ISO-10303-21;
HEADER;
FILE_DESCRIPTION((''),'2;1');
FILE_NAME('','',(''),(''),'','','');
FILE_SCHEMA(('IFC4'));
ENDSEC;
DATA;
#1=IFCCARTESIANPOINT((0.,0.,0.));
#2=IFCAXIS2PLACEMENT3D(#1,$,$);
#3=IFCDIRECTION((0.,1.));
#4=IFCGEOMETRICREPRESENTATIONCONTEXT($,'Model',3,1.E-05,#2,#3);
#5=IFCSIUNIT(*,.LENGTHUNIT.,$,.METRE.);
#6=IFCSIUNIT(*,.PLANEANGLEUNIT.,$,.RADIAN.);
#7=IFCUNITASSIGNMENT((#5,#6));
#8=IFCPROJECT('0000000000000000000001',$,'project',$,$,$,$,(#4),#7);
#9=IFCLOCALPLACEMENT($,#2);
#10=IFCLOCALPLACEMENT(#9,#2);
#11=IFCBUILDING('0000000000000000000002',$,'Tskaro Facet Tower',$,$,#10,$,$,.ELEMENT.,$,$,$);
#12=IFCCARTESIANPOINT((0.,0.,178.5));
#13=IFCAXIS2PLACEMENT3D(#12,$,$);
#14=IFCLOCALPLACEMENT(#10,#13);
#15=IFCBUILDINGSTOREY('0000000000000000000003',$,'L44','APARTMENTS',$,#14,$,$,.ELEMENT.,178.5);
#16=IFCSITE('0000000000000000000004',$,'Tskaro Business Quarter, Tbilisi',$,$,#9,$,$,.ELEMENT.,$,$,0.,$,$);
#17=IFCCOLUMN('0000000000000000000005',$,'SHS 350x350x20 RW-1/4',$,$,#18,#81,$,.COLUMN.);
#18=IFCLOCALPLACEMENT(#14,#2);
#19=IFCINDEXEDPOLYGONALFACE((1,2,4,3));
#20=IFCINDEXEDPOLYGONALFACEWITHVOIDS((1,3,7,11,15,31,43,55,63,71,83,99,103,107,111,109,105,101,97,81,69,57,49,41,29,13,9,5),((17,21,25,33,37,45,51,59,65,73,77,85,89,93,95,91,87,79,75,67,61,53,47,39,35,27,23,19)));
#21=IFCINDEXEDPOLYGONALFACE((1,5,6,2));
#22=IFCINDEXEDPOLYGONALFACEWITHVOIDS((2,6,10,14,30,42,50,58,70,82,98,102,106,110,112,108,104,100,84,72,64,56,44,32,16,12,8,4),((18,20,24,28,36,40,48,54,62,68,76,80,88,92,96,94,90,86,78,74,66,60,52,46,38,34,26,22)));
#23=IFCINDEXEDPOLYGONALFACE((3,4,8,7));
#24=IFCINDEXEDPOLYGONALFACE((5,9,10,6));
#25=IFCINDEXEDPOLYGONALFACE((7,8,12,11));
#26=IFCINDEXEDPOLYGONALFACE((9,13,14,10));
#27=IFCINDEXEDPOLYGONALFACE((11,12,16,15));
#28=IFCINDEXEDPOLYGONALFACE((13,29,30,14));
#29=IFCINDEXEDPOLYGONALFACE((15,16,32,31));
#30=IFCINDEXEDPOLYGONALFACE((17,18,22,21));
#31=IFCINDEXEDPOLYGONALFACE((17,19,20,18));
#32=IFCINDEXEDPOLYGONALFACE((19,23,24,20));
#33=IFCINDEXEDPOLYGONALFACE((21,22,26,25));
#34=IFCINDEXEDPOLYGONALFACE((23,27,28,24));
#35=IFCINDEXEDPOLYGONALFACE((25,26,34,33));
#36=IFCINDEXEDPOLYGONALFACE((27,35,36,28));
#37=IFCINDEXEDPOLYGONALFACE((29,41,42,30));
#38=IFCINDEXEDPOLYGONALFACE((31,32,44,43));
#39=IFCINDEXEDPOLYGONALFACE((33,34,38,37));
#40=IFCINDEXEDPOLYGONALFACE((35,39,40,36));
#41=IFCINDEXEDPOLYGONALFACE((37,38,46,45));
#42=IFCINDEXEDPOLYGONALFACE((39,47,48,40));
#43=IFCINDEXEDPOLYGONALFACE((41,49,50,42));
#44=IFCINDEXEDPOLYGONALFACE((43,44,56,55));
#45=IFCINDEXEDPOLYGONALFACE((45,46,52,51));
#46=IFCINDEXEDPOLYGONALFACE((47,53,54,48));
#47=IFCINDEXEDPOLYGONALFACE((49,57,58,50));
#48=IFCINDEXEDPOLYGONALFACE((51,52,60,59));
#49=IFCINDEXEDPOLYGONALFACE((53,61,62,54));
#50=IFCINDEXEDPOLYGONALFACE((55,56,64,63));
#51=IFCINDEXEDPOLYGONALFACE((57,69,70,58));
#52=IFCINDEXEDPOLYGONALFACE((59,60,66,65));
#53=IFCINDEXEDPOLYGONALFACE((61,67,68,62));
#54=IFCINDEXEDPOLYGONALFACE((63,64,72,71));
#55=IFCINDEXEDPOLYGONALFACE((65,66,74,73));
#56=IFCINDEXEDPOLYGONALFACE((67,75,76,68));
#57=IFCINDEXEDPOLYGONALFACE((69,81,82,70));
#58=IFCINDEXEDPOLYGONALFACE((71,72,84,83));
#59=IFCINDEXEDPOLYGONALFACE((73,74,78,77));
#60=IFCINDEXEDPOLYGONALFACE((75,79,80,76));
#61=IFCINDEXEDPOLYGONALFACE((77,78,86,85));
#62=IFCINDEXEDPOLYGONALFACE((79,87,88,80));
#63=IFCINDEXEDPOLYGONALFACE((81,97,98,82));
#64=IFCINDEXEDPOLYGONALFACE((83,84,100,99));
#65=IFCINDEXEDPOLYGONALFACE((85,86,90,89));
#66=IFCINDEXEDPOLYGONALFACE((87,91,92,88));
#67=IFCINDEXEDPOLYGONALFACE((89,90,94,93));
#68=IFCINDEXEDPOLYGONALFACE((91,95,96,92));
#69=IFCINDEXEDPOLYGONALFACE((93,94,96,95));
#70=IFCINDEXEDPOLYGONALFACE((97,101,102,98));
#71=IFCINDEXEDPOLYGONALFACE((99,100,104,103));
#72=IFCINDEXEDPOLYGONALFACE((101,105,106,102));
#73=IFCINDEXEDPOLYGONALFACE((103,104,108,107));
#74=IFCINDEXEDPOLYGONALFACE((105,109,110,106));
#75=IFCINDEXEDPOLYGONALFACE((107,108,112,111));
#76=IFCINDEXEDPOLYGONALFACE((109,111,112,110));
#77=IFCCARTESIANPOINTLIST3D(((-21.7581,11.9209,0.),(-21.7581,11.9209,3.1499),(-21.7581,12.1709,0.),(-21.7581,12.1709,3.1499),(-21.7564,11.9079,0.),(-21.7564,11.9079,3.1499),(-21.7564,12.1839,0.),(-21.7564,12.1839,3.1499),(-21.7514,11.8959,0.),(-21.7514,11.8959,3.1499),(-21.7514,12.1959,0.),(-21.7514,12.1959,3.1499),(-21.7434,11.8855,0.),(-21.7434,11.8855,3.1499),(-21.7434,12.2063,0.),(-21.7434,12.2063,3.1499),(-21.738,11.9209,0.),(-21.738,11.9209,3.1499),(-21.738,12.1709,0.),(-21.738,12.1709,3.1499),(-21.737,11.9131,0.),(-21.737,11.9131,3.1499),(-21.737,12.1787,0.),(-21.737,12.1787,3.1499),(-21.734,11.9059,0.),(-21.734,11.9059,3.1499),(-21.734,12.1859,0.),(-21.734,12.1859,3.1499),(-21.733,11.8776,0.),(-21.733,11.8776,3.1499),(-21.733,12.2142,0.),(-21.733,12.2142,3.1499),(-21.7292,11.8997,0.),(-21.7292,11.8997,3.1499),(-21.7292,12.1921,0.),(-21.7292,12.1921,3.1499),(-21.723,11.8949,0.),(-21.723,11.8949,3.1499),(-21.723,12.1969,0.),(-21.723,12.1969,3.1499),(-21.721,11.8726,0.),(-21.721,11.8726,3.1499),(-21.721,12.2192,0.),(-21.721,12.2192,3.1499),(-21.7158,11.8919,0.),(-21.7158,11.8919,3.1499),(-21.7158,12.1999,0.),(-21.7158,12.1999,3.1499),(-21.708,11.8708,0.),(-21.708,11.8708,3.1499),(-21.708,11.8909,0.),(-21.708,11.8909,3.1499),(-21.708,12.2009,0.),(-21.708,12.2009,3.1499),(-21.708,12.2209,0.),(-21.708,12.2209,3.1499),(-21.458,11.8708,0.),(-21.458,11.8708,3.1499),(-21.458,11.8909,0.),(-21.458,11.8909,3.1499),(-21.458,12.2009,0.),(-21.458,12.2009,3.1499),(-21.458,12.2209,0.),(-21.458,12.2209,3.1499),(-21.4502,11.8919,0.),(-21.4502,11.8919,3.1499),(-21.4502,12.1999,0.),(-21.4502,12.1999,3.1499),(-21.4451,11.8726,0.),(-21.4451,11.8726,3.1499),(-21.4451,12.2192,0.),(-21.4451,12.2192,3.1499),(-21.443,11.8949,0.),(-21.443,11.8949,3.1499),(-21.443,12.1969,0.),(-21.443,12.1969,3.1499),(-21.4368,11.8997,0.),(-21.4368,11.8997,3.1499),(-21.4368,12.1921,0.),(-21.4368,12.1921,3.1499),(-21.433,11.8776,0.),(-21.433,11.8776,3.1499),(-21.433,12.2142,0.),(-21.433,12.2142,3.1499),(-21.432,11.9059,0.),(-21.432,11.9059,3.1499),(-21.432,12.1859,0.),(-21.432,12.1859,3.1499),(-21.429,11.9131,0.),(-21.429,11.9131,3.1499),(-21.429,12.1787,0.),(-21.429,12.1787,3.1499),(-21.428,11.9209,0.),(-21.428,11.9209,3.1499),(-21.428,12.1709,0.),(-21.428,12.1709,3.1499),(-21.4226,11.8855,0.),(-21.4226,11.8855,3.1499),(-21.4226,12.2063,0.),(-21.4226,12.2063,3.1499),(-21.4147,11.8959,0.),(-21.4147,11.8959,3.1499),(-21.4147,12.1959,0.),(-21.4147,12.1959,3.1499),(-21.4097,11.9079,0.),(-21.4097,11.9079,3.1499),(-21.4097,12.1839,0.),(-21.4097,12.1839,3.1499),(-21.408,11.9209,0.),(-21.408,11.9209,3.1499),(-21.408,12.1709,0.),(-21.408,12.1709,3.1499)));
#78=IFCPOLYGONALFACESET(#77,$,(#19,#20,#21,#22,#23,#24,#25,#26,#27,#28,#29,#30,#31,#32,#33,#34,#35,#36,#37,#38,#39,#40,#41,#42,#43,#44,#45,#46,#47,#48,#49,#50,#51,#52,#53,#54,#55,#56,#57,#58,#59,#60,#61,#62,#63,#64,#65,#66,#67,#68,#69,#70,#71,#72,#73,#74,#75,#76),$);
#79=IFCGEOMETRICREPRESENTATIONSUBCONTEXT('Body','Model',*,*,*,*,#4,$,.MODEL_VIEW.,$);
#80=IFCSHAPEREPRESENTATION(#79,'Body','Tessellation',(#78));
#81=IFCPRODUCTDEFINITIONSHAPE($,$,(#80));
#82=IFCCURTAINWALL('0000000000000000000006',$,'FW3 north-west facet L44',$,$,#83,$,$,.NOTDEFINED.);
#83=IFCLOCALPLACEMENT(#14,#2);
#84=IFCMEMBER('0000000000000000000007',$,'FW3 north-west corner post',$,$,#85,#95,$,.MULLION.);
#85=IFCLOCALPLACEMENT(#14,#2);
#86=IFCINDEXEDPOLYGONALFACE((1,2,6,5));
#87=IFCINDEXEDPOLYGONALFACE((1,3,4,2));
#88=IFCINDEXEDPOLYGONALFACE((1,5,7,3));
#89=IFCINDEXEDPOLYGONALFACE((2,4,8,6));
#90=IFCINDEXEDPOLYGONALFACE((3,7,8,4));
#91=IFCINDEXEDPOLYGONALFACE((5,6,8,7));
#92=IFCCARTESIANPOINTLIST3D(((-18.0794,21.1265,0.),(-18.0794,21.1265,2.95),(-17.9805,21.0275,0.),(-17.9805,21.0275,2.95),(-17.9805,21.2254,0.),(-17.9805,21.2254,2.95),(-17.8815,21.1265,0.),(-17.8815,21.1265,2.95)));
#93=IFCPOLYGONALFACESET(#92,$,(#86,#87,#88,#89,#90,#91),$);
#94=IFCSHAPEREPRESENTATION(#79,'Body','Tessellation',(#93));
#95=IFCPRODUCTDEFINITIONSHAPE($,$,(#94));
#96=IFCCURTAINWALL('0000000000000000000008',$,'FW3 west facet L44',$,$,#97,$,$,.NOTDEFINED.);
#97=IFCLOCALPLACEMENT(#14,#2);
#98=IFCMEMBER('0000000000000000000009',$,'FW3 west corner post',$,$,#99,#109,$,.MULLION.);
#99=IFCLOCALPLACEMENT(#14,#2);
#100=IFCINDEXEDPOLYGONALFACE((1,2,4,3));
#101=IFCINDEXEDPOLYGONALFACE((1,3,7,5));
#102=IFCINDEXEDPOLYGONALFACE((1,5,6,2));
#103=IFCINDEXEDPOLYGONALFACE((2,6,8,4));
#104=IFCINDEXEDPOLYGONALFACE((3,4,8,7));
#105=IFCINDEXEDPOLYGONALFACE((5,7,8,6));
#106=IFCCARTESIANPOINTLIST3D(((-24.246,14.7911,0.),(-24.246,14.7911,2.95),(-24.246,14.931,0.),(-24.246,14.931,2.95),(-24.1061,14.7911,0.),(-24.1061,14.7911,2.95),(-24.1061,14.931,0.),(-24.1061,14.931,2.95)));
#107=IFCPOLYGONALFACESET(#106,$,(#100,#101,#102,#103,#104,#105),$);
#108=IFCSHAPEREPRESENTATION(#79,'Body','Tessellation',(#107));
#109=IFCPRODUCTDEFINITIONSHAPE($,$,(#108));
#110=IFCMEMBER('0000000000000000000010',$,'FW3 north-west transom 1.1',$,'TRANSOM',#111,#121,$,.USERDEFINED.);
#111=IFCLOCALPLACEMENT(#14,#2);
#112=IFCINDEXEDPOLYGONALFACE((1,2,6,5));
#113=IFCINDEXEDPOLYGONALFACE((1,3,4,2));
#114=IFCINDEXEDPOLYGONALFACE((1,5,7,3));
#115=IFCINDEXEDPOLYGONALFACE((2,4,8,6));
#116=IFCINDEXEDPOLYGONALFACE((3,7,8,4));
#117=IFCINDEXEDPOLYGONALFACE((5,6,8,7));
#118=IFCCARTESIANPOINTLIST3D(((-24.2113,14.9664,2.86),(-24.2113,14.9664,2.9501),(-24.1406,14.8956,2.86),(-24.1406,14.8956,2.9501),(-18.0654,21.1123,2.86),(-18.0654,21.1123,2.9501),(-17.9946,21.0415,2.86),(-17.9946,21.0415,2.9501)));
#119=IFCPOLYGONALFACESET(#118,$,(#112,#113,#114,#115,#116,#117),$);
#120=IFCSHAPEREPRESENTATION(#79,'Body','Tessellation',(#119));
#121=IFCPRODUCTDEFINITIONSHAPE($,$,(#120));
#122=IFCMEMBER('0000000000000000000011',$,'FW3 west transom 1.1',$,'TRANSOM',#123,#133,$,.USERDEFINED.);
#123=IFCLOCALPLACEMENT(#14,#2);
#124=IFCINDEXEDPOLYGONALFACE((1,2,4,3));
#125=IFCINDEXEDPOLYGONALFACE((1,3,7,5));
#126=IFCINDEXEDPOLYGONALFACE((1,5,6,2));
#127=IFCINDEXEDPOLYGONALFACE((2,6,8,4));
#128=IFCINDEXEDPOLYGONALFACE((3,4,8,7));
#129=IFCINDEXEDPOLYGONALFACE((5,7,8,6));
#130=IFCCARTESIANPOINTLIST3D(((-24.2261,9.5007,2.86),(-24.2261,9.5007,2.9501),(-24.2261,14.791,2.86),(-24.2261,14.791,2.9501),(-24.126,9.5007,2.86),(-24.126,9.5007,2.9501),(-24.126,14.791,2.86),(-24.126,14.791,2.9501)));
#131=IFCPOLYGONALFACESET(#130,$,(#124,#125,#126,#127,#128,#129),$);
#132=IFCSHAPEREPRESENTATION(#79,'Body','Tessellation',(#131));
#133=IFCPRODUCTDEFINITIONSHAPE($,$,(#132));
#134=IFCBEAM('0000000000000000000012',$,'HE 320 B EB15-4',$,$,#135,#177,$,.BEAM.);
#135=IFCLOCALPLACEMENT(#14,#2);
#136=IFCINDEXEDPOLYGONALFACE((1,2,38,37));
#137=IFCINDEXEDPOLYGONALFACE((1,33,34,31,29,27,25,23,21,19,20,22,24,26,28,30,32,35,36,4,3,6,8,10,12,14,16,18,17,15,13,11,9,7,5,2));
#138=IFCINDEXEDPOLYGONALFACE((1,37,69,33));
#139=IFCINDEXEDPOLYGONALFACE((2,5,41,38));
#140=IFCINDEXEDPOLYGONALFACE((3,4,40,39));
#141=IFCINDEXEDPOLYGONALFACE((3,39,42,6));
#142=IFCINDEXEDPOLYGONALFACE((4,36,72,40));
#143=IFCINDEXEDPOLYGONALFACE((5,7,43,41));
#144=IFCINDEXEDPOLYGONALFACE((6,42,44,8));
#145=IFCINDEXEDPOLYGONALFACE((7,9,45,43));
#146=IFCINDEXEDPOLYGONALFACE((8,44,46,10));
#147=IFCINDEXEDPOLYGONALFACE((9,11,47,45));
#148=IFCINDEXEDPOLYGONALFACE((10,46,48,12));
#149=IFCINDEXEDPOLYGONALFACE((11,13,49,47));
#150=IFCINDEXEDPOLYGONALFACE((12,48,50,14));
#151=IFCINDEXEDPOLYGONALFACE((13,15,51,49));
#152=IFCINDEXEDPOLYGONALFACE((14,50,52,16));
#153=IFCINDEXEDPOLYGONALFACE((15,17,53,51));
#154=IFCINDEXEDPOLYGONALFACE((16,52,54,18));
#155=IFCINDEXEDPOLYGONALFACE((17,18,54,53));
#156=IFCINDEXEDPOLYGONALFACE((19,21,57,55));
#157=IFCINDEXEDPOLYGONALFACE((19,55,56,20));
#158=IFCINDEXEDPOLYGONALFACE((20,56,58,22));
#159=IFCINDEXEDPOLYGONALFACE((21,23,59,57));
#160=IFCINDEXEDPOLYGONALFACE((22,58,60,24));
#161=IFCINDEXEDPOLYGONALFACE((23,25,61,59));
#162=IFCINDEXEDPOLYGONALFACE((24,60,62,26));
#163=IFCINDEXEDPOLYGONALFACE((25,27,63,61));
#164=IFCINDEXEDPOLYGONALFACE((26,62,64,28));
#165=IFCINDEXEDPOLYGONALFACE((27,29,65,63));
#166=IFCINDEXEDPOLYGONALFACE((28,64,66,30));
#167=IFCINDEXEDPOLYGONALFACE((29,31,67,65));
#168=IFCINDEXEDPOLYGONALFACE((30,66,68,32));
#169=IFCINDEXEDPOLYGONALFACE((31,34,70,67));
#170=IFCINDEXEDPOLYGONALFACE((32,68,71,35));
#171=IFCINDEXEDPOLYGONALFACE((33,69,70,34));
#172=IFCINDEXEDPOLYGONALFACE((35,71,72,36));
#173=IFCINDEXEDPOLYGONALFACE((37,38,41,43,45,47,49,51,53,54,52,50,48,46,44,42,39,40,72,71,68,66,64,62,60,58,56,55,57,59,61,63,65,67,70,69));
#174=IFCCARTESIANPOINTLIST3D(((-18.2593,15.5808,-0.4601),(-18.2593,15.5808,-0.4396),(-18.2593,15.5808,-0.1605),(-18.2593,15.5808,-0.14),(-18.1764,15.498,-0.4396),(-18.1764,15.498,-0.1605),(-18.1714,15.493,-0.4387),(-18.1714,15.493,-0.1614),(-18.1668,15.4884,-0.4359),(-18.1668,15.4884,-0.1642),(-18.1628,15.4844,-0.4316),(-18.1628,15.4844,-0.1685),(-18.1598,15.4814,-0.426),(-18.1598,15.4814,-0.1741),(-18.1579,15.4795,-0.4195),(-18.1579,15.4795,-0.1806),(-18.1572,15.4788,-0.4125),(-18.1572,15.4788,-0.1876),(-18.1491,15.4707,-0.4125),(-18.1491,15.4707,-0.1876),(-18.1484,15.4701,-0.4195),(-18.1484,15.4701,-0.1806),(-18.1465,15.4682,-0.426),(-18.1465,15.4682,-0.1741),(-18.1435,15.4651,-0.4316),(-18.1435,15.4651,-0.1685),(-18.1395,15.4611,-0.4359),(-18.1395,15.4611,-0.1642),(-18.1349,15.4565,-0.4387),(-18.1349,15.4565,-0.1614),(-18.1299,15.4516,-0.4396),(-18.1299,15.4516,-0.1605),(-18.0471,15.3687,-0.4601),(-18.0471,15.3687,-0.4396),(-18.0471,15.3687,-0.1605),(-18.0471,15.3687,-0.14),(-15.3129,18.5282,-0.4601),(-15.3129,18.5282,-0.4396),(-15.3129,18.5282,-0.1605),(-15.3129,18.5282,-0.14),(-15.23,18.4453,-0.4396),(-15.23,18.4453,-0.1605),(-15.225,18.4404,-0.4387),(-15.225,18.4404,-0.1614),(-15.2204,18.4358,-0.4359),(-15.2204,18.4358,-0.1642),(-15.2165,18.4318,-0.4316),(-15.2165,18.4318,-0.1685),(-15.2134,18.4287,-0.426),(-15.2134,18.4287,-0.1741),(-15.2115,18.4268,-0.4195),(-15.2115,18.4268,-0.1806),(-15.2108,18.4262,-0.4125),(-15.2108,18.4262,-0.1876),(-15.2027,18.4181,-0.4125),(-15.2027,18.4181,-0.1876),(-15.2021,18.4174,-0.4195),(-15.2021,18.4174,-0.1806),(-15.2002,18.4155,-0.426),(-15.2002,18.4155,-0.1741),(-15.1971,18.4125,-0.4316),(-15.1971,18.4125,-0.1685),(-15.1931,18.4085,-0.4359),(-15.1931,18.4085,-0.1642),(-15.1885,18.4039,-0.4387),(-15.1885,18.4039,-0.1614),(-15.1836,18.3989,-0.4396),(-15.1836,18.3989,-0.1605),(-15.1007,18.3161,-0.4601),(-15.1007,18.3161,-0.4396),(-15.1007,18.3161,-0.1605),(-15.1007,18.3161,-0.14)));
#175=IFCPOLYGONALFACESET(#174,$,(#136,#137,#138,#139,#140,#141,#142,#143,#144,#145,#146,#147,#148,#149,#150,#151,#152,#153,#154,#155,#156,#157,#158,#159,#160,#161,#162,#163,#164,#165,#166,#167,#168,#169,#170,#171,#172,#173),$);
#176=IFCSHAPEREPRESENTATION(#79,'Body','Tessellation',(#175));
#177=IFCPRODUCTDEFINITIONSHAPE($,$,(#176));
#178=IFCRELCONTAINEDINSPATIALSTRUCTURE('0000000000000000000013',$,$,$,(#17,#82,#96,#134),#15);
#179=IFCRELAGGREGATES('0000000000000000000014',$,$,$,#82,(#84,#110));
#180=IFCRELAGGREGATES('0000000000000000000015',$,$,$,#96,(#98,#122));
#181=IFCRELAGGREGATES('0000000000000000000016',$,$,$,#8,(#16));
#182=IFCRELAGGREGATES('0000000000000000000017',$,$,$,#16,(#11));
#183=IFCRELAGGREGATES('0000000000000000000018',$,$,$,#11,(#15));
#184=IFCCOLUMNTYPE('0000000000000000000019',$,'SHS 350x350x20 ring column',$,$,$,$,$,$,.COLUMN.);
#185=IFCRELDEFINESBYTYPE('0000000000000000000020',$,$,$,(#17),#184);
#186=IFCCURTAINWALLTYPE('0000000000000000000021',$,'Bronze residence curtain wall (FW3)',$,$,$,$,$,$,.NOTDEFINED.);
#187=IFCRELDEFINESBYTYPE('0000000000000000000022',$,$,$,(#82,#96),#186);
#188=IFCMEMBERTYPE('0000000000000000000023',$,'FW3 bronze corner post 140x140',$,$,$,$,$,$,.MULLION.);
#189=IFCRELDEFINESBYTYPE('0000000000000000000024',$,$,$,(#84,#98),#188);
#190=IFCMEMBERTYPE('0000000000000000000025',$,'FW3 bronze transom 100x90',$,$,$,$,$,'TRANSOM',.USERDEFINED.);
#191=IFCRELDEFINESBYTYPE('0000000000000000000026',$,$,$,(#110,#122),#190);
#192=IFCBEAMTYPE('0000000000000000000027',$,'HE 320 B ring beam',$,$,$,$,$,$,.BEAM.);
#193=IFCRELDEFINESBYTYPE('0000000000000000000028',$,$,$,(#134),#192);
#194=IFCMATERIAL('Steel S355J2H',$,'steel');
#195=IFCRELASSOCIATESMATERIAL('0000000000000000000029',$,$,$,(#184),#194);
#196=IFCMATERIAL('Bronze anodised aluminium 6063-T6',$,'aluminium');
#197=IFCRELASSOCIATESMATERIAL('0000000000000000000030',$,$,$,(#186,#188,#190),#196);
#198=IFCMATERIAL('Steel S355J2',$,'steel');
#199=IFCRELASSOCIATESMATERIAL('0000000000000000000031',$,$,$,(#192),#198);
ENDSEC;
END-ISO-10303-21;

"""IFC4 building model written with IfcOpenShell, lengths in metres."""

from ifc_helpers import new_model, si_unit, direction, frame, origin, origin_2d, place, context, subcontext, project, spatial, rectangle, hollow_rectangle, i_section, extrude, material, material_profile, profile_set, type_object, element, aggregate, save


model = new_model("IFC4")

# Units and contexts
model_context = context("Model", 3, precision=1e-05, world=origin(), true_north=direction((0.0, 1.0)))
body_context = subcontext(model_context, "Body", "Model", "MODEL_VIEW")
ifc_project = project(units=[si_unit("LENGTHUNIT", "METRE"), si_unit("PLANEANGLEUNIT", "RADIAN")], contexts=[model_context])

# Site, building, storey
site_placement = place(None, origin())
site = spatial("IfcSite", under=ifc_project, at=site_placement, Name="Tskaro Business Quarter, Tbilisi", CompositionType="ELEMENT", RefElevation=0.0)
building_placement = place(site_placement, origin())
building = spatial("IfcBuilding", under=site, at=building_placement, Name="Tskaro Facet Tower", CompositionType="ELEMENT")
storey_placement = place(building_placement, frame((0.0, 0.0, 178.5)))
storey = spatial("IfcBuildingStorey", under=building, at=storey_placement, Name="L44", Description="APARTMENTS", CompositionType="ELEMENT", Elevation=178.5)

# Column
ifc_material_1 = material(Name="Steel S355J2H", Category="steel")
ifc_material_profile_1 = material_profile(ifc_material_1, hollow_rectangle(XDim=0.3501, YDim=0.3501, WallThickness=0.02, InnerFilletRadius=0.03, OuterFilletRadius=0.05, at=origin_2d()), Name="SHS 350x350x20")
ifc_profile_set_1 = profile_set([ifc_material_profile_1], Name="Steel S355J2H")
column_type_1 = type_object("IfcColumnType", Name="SHS 350x350x20 ring column", PredefinedType="COLUMN", material=ifc_profile_set_1)
for number, where, z_axis, x_axis, name in (
    (1, (-21.583, 12.0459, 0.0), (0.0, 0.0, 1.0), (1.0, 0.0, 0.0), "SHS 350x350x20 RW-1/4"),
):
    element("IfcColumn", number, at=place(storey_placement, frame(where, z_axis=z_axis, x_axis=x_axis)), inside=storey, type_object=column_type_1, Name=name, PredefinedType="COLUMN", context=body_context, shape_type="SweptSolid", body=[
        extrude(hollow_rectangle(XDim=0.3501, YDim=0.3501, WallThickness=0.02, InnerFilletRadius=0.03, OuterFilletRadius=0.05, at=origin_2d()), origin(), (0.0, 0.0, 1.0), 3.1499),
    ])

# Curtain walls, members
ifc_material_2 = material(Name="Bronze anodised aluminium 6063-T6", Category="aluminium")
curtain_wall_type = type_object("IfcCurtainWallType", Name="Bronze residence curtain wall (FW3)", PredefinedType="NOTDEFINED", material=ifc_material_2)
curtain_wall_1_placement = place(storey_placement, origin())
curtain_wall_1 = element("IfcCurtainWall", 2, at=curtain_wall_1_placement, inside=storey, type_object=curtain_wall_type, Name="FW3 north-west facet L44", PredefinedType="NOTDEFINED")
ifc_material_profile_2 = material_profile(ifc_material_2, rectangle(XDim=0.1399, YDim=0.1399, at=origin_2d()), Name="Corner post 140x140")
ifc_profile_set_2 = profile_set([ifc_material_profile_2], Name="Bronze anodised aluminium 6063-T6")
member_type_1 = type_object("IfcMemberType", Name="FW3 bronze corner post 140x140", PredefinedType="MULLION", material=ifc_profile_set_2)
member_1_placement = place(storey_placement, frame((-17.9805, 21.1265, 0.0), z_axis=(0.0, 0.0, 1.0), x_axis=(-0.707107, -0.707107, 0.0)))
member_1 = element("IfcMember", 3, at=member_1_placement, type_object=member_type_1, Name="FW3 north-west corner post", PredefinedType="MULLION", context=body_context, shape_type="SweptSolid", body=[
    extrude(rectangle(XDim=0.1399, YDim=0.1399, at=origin_2d()), origin(), (0.0, 0.0, 1.0), 2.95),
])
curtain_wall_2_placement = place(storey_placement, origin())
curtain_wall_2 = element("IfcCurtainWall", 4, at=curtain_wall_2_placement, inside=storey, type_object=curtain_wall_type, Name="FW3 west facet L44", PredefinedType="NOTDEFINED")
member_2_placement = place(storey_placement, frame((-24.176, 14.8611, 0.0), z_axis=(0.0, 0.0, 1.0), x_axis=(0.0, -1.0, 0.0)))
member_2 = element("IfcMember", 5, at=member_2_placement, type_object=member_type_1, Name="FW3 west corner post", PredefinedType="MULLION", context=body_context, shape_type="SweptSolid", body=[
    extrude(rectangle(XDim=0.1399, YDim=0.1399, at=origin_2d()), origin(), (0.0, 0.0, 1.0), 2.95),
])

# Members
ifc_material_profile_3 = material_profile(ifc_material_2, rectangle(XDim=0.1001, YDim=0.0901, at=origin_2d()), Name="Transom 100x90")
ifc_profile_set_3 = profile_set([ifc_material_profile_3], Name="Bronze anodised aluminium 6063-T6")
member_type_2 = type_object("IfcMemberType", Name="FW3 bronze transom 100x90", ElementType="TRANSOM", PredefinedType="USERDEFINED", material=ifc_profile_set_3)
member_3_placement = place(storey_placement, frame((-18.03, 21.0769, 2.905), z_axis=(-0.707107, -0.707107, 0.0), x_axis=(0.707107, -0.707107, 0.0)))
member_3 = element("IfcMember", 6, at=member_3_placement, type_object=member_type_2, Name="FW3 north-west transom 1.1", ObjectType="TRANSOM", PredefinedType="USERDEFINED", context=body_context, shape_type="SweptSolid", body=[
    extrude(rectangle(XDim=0.1001, YDim=0.0901, at=origin_2d()), origin(), (0.0, 0.0, 1.0), 8.6917),
])
member_4_placement = place(storey_placement, frame((-24.176, 14.791, 2.905), z_axis=(0.0, -1.0, 0.0), x_axis=(1.0, 0.0, 0.0)))
member_4 = element("IfcMember", 7, at=member_4_placement, type_object=member_type_2, Name="FW3 west transom 1.1", ObjectType="TRANSOM", PredefinedType="USERDEFINED", context=body_context, shape_type="SweptSolid", body=[
    extrude(rectangle(XDim=0.1001, YDim=0.0901, at=origin_2d()), origin(), (0.0, 0.0, 1.0), 5.2903),
])

# Beam
ifc_material_3 = material(Name="Steel S355J2", Category="steel")
ifc_material_profile_4 = material_profile(ifc_material_3, i_section(OverallWidth=0.3, OverallDepth=0.3201, WebThickness=0.0115, FlangeThickness=0.0205, FilletRadius=0.0271, at=origin_2d()), Name="HE 320 B")
ifc_profile_set_4 = profile_set([ifc_material_profile_4], Name="Steel S355J2")
beam_type_1 = type_object("IfcBeamType", Name="HE 320 B ring beam", PredefinedType="BEAM", material=ifc_profile_set_4)
for number, where, z_axis, x_axis, name in (
    (8, (-15.2068, 18.4221, -0.3), (-0.70699, -0.707224, 0.0), (0.707224, -0.70699, 0.0), "HE 320 B EB15-4"),
):
    element("IfcBeam", number, at=place(storey_placement, frame(where, z_axis=z_axis, x_axis=x_axis)), inside=storey, type_object=beam_type_1, Name=name, PredefinedType="BEAM", context=body_context, shape_type="SweptSolid", body=[
        extrude(i_section(OverallWidth=0.3, OverallDepth=0.3201, WebThickness=0.0115, FlangeThickness=0.0205, FilletRadius=0.0271, at=origin_2d()), origin(), (0.0, 0.0, 1.0), 4.1675),
    ])

aggregate(curtain_wall_1, [member_1, member_3])
aggregate(curtain_wall_2, [member_2, member_4])

save(model, "model.ifc")
